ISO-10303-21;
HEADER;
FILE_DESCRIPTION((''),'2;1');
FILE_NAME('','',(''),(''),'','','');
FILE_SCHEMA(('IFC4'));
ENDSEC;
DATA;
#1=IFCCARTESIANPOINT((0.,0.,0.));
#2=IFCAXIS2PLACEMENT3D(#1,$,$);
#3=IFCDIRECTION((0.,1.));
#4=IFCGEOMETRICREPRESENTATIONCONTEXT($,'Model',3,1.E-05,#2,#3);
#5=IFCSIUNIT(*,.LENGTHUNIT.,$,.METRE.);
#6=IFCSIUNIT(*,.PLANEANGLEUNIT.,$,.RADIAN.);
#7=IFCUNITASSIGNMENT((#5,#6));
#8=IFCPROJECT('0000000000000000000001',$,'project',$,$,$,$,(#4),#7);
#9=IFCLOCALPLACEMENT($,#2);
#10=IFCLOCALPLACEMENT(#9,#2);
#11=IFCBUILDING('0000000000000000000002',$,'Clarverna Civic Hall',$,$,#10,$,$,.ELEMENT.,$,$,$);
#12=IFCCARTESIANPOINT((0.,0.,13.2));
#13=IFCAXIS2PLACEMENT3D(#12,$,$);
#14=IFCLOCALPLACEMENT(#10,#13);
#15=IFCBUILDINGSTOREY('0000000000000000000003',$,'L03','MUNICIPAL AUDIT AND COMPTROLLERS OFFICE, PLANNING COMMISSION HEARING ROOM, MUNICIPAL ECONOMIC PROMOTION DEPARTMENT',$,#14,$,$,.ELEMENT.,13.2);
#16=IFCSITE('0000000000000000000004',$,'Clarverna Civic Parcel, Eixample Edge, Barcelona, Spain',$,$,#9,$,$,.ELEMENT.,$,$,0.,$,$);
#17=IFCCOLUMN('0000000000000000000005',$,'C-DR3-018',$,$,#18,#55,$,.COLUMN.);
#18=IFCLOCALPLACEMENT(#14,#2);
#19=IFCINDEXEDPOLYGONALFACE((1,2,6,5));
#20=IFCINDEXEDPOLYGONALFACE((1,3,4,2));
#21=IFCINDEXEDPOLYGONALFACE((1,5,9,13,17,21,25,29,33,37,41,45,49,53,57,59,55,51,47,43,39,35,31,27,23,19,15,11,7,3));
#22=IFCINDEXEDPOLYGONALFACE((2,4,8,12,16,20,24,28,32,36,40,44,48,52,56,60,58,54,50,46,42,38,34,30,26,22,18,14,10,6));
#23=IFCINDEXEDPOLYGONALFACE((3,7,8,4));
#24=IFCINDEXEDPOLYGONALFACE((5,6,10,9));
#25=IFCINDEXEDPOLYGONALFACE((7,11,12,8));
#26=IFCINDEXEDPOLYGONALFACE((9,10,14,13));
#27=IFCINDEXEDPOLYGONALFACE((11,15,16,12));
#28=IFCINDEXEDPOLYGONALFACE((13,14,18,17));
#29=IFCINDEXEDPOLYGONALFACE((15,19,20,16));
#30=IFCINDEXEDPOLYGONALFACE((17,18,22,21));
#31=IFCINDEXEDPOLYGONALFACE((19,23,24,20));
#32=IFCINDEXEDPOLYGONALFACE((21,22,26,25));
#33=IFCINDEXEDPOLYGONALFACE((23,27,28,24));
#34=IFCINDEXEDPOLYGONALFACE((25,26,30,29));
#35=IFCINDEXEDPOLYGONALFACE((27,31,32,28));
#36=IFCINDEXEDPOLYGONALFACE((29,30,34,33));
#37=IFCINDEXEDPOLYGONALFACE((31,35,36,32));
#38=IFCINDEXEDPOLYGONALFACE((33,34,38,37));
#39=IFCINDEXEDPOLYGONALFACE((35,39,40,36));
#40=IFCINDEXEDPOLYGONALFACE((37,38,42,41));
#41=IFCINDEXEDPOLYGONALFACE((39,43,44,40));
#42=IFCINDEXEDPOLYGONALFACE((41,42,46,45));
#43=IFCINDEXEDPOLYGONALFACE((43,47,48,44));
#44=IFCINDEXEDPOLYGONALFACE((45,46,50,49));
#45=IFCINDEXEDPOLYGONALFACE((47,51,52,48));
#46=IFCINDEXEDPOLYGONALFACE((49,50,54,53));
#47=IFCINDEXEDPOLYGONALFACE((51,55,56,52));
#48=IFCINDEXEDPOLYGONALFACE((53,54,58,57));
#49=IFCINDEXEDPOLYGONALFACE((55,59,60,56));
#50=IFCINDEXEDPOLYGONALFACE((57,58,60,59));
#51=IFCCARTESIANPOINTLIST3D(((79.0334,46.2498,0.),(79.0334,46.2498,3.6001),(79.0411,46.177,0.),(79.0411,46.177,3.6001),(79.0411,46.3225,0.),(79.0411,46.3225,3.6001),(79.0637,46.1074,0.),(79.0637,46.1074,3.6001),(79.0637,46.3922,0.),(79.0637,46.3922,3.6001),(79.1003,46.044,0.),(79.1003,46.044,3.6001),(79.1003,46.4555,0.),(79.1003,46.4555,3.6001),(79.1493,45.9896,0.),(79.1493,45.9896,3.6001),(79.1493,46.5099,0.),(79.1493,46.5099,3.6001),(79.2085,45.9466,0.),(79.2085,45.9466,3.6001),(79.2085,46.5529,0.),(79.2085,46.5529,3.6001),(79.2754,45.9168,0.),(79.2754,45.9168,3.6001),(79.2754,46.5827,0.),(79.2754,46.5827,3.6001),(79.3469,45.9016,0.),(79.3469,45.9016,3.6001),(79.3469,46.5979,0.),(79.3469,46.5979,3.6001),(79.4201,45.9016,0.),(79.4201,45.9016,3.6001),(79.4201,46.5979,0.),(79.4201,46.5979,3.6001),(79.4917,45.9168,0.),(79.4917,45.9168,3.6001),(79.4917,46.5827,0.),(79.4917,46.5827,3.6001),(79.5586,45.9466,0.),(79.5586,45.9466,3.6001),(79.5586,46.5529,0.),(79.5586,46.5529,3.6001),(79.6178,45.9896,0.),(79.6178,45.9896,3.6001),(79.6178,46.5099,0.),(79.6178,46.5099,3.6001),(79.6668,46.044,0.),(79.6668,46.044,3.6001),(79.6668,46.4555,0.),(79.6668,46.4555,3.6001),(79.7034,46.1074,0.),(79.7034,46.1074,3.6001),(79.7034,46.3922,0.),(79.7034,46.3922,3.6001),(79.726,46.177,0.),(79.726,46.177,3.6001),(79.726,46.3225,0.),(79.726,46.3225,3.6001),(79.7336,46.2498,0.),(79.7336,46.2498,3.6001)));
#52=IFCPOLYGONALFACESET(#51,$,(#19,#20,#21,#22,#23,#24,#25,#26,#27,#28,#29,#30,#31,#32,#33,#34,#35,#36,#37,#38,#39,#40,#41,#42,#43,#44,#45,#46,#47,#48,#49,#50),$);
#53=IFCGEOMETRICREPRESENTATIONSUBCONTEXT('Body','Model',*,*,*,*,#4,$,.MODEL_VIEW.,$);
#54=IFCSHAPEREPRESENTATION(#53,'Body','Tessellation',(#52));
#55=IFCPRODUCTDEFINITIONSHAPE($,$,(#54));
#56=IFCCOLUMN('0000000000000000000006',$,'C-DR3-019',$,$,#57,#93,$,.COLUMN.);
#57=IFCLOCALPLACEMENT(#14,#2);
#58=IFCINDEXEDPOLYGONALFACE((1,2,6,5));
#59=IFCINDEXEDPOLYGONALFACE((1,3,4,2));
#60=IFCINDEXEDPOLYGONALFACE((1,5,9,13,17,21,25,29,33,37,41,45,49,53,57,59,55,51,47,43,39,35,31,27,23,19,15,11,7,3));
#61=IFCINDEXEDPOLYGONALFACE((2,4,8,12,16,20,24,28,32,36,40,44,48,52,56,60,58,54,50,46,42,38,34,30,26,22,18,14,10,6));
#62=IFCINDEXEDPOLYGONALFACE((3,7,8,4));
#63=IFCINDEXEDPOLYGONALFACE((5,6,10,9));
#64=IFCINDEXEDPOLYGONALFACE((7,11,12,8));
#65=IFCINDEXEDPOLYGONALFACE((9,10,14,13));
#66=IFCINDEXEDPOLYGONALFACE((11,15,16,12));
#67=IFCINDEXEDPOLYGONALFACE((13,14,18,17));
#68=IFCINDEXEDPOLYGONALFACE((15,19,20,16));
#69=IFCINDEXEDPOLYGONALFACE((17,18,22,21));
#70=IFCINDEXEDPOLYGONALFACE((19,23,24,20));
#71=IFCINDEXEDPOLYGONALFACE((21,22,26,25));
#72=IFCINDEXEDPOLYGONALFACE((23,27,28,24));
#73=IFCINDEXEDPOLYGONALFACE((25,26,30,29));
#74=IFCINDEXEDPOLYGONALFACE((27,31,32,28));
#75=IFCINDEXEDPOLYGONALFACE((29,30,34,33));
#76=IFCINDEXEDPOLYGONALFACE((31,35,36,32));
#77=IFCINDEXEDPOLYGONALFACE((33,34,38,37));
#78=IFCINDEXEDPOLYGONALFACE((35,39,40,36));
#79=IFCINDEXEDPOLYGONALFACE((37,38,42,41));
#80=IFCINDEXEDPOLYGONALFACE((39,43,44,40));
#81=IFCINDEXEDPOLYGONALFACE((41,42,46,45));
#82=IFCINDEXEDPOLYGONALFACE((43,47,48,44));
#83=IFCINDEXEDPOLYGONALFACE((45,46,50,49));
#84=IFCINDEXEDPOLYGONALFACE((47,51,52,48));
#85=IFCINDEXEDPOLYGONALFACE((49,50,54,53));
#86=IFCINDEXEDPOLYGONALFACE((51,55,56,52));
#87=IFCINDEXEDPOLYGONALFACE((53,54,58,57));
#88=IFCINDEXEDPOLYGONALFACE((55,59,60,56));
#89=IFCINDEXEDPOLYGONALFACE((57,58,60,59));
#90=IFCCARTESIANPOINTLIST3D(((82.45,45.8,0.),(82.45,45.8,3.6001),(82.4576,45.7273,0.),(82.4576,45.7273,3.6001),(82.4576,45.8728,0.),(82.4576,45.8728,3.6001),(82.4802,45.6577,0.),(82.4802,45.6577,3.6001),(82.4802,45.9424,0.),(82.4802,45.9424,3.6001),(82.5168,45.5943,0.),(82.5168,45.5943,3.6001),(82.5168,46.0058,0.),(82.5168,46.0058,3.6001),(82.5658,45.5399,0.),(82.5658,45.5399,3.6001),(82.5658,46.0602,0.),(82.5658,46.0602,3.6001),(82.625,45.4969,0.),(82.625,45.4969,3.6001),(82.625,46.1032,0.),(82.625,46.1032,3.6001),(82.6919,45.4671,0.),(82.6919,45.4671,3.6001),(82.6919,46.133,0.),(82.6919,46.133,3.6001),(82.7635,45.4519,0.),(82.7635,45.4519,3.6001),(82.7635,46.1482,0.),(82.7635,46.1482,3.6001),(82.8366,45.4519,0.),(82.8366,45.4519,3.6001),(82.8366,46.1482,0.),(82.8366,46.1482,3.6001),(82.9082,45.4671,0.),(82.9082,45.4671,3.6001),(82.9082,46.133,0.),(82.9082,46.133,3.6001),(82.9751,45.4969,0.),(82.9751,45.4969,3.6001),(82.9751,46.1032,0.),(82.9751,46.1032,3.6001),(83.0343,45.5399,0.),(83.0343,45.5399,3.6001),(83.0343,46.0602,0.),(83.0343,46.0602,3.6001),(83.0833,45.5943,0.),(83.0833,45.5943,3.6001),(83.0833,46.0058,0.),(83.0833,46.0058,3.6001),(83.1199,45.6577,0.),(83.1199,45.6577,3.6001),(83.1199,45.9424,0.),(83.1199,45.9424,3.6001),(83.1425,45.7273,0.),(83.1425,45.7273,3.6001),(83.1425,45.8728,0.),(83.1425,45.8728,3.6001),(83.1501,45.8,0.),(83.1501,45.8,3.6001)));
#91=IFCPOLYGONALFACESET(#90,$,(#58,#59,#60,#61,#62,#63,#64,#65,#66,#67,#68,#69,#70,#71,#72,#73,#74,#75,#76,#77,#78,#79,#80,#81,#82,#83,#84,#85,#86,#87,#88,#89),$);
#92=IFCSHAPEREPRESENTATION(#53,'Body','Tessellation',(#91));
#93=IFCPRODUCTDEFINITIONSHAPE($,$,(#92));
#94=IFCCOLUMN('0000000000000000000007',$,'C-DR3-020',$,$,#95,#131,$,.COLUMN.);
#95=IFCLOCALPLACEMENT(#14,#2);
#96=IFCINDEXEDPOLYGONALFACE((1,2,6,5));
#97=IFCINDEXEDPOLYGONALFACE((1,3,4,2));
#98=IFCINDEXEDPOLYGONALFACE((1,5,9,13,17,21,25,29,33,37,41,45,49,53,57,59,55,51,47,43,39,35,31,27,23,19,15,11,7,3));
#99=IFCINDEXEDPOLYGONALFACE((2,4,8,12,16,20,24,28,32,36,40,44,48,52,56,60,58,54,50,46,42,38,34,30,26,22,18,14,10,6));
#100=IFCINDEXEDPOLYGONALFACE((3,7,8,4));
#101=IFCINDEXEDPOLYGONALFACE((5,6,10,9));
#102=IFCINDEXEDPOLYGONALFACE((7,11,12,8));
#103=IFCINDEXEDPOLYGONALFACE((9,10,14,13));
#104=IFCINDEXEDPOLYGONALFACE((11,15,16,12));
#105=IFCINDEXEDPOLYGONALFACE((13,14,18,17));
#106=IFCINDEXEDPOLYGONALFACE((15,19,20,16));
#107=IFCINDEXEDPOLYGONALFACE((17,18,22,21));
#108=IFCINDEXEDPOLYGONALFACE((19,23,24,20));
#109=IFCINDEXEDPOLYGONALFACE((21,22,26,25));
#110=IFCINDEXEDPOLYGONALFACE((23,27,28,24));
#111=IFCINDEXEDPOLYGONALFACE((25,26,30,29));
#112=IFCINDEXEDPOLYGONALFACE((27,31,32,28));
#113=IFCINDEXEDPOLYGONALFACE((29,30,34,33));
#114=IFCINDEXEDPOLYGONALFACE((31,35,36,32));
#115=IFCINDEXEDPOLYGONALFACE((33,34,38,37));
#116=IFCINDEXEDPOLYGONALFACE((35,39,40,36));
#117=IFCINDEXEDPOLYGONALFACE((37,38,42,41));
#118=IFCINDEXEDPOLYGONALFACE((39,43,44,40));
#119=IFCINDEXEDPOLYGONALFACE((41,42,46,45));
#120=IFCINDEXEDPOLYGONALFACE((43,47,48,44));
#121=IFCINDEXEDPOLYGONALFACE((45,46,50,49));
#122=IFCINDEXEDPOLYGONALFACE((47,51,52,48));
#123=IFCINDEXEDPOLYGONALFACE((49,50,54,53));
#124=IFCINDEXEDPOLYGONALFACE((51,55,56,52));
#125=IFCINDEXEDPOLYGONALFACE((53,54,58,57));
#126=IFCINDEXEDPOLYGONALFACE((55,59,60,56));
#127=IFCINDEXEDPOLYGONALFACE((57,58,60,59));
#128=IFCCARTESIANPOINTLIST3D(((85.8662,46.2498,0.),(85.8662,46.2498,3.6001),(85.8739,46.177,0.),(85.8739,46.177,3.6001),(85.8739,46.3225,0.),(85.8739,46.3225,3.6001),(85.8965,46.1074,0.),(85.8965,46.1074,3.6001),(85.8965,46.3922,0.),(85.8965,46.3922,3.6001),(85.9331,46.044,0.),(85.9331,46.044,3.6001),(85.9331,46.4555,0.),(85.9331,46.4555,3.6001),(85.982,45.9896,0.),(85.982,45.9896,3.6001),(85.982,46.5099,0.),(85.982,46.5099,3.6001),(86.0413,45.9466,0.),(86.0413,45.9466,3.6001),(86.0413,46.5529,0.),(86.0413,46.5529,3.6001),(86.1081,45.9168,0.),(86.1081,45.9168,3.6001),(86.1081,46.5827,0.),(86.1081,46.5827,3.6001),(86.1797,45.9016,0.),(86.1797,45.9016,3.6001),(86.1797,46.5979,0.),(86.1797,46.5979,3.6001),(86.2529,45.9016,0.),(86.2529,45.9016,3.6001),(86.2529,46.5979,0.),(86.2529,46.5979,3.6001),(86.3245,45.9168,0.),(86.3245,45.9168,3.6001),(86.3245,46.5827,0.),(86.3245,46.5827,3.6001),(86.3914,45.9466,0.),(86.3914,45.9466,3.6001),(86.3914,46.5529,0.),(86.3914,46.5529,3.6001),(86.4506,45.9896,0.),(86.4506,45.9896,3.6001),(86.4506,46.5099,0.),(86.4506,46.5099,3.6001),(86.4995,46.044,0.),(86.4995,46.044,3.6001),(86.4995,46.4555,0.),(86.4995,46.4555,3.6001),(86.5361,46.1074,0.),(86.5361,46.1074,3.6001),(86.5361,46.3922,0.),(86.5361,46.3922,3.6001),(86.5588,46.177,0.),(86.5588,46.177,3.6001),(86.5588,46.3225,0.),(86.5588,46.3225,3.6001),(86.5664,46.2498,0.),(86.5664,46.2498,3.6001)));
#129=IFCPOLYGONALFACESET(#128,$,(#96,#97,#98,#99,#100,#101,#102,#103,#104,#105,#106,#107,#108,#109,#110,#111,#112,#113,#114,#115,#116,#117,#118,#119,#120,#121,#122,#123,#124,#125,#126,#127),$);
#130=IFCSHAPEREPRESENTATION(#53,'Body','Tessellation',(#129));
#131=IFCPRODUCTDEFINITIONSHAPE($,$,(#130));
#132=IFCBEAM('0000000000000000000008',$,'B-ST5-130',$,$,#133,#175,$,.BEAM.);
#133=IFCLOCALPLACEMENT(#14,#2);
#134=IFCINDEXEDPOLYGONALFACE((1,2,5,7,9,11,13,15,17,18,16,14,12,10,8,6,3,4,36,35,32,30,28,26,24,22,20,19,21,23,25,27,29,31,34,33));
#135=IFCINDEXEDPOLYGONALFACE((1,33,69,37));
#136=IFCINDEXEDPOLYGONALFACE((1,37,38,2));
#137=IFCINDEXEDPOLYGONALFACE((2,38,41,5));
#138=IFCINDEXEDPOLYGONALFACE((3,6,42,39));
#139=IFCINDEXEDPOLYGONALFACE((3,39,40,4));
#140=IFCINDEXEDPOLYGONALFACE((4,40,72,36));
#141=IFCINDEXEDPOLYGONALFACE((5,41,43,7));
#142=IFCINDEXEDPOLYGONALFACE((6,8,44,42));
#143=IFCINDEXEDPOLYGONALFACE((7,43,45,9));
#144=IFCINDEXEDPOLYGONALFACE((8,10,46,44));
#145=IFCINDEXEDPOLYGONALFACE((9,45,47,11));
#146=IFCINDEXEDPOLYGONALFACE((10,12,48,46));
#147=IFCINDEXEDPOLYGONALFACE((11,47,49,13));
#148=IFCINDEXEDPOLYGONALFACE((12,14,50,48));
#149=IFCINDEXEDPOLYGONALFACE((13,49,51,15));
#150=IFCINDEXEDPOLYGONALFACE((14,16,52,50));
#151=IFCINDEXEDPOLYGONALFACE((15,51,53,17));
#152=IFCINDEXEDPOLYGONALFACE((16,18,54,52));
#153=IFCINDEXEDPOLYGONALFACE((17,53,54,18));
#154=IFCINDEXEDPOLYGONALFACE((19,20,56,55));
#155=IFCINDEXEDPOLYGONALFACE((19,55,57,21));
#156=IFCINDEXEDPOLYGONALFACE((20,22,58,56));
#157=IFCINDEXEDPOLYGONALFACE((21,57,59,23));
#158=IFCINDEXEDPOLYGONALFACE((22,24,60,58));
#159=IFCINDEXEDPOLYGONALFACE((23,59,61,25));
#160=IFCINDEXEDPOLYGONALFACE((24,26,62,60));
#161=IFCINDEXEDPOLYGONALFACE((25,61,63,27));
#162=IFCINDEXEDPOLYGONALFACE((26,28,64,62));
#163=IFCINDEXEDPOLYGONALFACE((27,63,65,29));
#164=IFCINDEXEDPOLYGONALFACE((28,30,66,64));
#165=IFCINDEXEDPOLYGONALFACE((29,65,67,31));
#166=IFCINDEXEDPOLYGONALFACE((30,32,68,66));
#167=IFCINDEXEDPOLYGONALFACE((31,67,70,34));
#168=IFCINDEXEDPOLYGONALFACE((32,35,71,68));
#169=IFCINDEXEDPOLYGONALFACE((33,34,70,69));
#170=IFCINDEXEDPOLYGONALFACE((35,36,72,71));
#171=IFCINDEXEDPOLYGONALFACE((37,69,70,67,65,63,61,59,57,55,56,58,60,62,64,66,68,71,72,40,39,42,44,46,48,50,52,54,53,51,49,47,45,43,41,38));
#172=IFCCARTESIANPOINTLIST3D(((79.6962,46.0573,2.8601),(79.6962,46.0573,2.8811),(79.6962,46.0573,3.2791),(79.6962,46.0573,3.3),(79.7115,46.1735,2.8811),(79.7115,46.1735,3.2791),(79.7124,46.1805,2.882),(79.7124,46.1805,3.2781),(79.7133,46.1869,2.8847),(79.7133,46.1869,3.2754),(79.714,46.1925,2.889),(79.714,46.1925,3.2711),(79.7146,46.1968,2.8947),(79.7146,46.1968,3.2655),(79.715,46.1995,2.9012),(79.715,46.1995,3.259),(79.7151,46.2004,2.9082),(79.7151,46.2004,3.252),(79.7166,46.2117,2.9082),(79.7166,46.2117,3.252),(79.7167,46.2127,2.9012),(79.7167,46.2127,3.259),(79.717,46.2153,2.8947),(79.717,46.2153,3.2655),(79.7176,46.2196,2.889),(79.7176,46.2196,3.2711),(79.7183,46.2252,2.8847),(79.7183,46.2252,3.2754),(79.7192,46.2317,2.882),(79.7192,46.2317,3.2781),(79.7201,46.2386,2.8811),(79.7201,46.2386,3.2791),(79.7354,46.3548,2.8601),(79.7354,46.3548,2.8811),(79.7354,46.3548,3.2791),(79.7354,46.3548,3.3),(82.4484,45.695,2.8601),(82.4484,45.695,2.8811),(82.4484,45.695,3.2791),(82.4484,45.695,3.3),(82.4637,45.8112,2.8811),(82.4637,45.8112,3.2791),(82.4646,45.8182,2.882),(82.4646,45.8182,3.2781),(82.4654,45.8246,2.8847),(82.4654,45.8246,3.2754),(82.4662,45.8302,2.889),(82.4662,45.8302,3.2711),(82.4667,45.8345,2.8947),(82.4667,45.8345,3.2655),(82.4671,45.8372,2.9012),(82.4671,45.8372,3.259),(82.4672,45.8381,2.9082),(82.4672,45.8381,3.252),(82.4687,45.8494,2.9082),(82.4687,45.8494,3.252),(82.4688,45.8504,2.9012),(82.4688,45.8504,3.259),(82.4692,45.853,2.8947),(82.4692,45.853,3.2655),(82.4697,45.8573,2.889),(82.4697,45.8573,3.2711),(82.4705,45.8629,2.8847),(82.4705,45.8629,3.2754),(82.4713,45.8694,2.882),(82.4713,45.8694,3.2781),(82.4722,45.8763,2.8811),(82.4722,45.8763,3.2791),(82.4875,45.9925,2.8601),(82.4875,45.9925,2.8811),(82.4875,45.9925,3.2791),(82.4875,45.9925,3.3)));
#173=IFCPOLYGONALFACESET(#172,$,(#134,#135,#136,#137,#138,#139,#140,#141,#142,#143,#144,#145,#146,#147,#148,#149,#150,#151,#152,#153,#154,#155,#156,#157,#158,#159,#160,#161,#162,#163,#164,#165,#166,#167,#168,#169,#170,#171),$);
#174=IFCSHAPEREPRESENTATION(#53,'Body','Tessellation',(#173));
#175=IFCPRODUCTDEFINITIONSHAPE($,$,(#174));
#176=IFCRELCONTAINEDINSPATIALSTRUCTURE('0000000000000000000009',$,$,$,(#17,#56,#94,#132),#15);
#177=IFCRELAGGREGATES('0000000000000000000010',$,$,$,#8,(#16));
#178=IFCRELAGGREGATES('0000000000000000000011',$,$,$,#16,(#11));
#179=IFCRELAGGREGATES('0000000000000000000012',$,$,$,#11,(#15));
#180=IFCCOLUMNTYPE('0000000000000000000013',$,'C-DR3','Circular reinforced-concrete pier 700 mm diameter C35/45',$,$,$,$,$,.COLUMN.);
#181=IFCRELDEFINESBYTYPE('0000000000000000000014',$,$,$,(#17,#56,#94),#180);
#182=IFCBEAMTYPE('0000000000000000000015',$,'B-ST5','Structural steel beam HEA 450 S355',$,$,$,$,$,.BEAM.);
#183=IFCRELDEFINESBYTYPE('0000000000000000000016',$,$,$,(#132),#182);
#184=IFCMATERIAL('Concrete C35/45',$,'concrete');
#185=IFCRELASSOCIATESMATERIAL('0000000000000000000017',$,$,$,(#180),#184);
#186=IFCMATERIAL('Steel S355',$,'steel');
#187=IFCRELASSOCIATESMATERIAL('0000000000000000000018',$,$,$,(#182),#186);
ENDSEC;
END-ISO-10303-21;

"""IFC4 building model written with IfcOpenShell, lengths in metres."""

from ifc_helpers import new_model, si_unit, direction, frame, origin, origin_2d, place, context, subcontext, project, spatial, circle, i_section, extrude, material, material_profile, profile_set, type_object, element, save


model = new_model("IFC4")

# Units and contexts
model_context = context("Model", 3, precision=1e-05, world=origin(), true_north=direction((0.0, 1.0)))
body_context = subcontext(model_context, "Body", "Model", "MODEL_VIEW")
ifc_project = project(units=[si_unit("LENGTHUNIT", "METRE"), si_unit("PLANEANGLEUNIT", "RADIAN")], contexts=[model_context])

# Site, building, storey
site_placement = place(None, origin())
site = spatial("IfcSite", under=ifc_project, at=site_placement, Name="Clarverna Civic Parcel, Eixample Edge, Barcelona, Spain", CompositionType="ELEMENT", RefElevation=0.0)
building_placement = place(site_placement, origin())
building = spatial("IfcBuilding", under=site, at=building_placement, Name="Clarverna Civic Hall", CompositionType="ELEMENT")
storey_placement = place(building_placement, frame((0.0, 0.0, 13.2)))
storey = spatial("IfcBuildingStorey", under=building, at=storey_placement, Name="L03", Description="MUNICIPAL AUDIT AND COMPTROLLERS OFFICE, PLANNING COMMISSION HEARING ROOM, MUNICIPAL ECONOMIC PROMOTION DEPARTMENT", CompositionType="ELEMENT", Elevation=13.2)

# Columns
ifc_material_1 = material(Name="Concrete C35/45", Category="concrete")
ifc_material_profile_1 = material_profile(ifc_material_1, circle(Radius=0.3501, at=origin_2d()), Name="RC D700")
ifc_profile_set_1 = profile_set([ifc_material_profile_1], Name="Concrete C35/45")
column_type = type_object("IfcColumnType", Name="C-DR3", Description="Circular reinforced-concrete pier 700 mm diameter C35/45", PredefinedType="COLUMN", material=ifc_profile_set_1)
for number, where, z_axis, x_axis, name in (
    (1, (79.3835, 46.2498, 0.0), (0.0, 0.0, 1.0), (1.0, 0.0, 0.0), "C-DR3-018"),
    (2, (82.8, 45.8, 0.0), (0.0, 0.0, 1.0), (1.0, 0.0, 0.0), "C-DR3-019"),
    (3, (86.2163, 46.2498, 0.0), (0.0, 0.0, 1.0), (1.0, 0.0, 0.0), "C-DR3-020"),
):
    element("IfcColumn", number, at=place(storey_placement, frame(where, z_axis=z_axis, x_axis=x_axis)), inside=storey, type_object=column_type, Name=name, PredefinedType="COLUMN", context=body_context, shape_type="SweptSolid", body=[
        extrude(circle(Radius=0.3501, at=origin_2d()), origin(), (0.0, 0.0, 1.0), 3.6001),
    ])

# Beam
ifc_material_2 = material(Name="Steel S355", Category="steel")
ifc_material_profile_2 = material_profile(ifc_material_2, i_section(OverallWidth=0.3, OverallDepth=0.4399, WebThickness=0.0115, FlangeThickness=0.021, FilletRadius=0.0271, at=origin_2d()), Name="HEA 450")
ifc_profile_set_2 = profile_set([ifc_material_profile_2], Name="Steel S355")
beam_type = type_object("IfcBeamType", Name="B-ST5", Description="Structural steel beam HEA 450 S355", PredefinedType="BEAM", material=ifc_profile_set_2)
for number, where, z_axis, x_axis, name in (
    (4, (79.7158, 46.2061, 3.0801), (0.991446, -0.130516, 0.0), (0.130516, 0.991446, 0.0), "B-ST5-130"),
):
    element("IfcBeam", number, at=place(storey_placement, frame(where, z_axis=z_axis, x_axis=x_axis)), inside=storey, type_object=beam_type, Name=name, PredefinedType="BEAM", context=body_context, shape_type="SweptSolid", body=[
        extrude(i_section(OverallWidth=0.3, OverallDepth=0.4399, WebThickness=0.0115, FlangeThickness=0.021, FilletRadius=0.0271, at=origin_2d()), origin(), (0.0, 0.0, 1.0), 2.7759),
    ])

save(model, "model.ifc")
